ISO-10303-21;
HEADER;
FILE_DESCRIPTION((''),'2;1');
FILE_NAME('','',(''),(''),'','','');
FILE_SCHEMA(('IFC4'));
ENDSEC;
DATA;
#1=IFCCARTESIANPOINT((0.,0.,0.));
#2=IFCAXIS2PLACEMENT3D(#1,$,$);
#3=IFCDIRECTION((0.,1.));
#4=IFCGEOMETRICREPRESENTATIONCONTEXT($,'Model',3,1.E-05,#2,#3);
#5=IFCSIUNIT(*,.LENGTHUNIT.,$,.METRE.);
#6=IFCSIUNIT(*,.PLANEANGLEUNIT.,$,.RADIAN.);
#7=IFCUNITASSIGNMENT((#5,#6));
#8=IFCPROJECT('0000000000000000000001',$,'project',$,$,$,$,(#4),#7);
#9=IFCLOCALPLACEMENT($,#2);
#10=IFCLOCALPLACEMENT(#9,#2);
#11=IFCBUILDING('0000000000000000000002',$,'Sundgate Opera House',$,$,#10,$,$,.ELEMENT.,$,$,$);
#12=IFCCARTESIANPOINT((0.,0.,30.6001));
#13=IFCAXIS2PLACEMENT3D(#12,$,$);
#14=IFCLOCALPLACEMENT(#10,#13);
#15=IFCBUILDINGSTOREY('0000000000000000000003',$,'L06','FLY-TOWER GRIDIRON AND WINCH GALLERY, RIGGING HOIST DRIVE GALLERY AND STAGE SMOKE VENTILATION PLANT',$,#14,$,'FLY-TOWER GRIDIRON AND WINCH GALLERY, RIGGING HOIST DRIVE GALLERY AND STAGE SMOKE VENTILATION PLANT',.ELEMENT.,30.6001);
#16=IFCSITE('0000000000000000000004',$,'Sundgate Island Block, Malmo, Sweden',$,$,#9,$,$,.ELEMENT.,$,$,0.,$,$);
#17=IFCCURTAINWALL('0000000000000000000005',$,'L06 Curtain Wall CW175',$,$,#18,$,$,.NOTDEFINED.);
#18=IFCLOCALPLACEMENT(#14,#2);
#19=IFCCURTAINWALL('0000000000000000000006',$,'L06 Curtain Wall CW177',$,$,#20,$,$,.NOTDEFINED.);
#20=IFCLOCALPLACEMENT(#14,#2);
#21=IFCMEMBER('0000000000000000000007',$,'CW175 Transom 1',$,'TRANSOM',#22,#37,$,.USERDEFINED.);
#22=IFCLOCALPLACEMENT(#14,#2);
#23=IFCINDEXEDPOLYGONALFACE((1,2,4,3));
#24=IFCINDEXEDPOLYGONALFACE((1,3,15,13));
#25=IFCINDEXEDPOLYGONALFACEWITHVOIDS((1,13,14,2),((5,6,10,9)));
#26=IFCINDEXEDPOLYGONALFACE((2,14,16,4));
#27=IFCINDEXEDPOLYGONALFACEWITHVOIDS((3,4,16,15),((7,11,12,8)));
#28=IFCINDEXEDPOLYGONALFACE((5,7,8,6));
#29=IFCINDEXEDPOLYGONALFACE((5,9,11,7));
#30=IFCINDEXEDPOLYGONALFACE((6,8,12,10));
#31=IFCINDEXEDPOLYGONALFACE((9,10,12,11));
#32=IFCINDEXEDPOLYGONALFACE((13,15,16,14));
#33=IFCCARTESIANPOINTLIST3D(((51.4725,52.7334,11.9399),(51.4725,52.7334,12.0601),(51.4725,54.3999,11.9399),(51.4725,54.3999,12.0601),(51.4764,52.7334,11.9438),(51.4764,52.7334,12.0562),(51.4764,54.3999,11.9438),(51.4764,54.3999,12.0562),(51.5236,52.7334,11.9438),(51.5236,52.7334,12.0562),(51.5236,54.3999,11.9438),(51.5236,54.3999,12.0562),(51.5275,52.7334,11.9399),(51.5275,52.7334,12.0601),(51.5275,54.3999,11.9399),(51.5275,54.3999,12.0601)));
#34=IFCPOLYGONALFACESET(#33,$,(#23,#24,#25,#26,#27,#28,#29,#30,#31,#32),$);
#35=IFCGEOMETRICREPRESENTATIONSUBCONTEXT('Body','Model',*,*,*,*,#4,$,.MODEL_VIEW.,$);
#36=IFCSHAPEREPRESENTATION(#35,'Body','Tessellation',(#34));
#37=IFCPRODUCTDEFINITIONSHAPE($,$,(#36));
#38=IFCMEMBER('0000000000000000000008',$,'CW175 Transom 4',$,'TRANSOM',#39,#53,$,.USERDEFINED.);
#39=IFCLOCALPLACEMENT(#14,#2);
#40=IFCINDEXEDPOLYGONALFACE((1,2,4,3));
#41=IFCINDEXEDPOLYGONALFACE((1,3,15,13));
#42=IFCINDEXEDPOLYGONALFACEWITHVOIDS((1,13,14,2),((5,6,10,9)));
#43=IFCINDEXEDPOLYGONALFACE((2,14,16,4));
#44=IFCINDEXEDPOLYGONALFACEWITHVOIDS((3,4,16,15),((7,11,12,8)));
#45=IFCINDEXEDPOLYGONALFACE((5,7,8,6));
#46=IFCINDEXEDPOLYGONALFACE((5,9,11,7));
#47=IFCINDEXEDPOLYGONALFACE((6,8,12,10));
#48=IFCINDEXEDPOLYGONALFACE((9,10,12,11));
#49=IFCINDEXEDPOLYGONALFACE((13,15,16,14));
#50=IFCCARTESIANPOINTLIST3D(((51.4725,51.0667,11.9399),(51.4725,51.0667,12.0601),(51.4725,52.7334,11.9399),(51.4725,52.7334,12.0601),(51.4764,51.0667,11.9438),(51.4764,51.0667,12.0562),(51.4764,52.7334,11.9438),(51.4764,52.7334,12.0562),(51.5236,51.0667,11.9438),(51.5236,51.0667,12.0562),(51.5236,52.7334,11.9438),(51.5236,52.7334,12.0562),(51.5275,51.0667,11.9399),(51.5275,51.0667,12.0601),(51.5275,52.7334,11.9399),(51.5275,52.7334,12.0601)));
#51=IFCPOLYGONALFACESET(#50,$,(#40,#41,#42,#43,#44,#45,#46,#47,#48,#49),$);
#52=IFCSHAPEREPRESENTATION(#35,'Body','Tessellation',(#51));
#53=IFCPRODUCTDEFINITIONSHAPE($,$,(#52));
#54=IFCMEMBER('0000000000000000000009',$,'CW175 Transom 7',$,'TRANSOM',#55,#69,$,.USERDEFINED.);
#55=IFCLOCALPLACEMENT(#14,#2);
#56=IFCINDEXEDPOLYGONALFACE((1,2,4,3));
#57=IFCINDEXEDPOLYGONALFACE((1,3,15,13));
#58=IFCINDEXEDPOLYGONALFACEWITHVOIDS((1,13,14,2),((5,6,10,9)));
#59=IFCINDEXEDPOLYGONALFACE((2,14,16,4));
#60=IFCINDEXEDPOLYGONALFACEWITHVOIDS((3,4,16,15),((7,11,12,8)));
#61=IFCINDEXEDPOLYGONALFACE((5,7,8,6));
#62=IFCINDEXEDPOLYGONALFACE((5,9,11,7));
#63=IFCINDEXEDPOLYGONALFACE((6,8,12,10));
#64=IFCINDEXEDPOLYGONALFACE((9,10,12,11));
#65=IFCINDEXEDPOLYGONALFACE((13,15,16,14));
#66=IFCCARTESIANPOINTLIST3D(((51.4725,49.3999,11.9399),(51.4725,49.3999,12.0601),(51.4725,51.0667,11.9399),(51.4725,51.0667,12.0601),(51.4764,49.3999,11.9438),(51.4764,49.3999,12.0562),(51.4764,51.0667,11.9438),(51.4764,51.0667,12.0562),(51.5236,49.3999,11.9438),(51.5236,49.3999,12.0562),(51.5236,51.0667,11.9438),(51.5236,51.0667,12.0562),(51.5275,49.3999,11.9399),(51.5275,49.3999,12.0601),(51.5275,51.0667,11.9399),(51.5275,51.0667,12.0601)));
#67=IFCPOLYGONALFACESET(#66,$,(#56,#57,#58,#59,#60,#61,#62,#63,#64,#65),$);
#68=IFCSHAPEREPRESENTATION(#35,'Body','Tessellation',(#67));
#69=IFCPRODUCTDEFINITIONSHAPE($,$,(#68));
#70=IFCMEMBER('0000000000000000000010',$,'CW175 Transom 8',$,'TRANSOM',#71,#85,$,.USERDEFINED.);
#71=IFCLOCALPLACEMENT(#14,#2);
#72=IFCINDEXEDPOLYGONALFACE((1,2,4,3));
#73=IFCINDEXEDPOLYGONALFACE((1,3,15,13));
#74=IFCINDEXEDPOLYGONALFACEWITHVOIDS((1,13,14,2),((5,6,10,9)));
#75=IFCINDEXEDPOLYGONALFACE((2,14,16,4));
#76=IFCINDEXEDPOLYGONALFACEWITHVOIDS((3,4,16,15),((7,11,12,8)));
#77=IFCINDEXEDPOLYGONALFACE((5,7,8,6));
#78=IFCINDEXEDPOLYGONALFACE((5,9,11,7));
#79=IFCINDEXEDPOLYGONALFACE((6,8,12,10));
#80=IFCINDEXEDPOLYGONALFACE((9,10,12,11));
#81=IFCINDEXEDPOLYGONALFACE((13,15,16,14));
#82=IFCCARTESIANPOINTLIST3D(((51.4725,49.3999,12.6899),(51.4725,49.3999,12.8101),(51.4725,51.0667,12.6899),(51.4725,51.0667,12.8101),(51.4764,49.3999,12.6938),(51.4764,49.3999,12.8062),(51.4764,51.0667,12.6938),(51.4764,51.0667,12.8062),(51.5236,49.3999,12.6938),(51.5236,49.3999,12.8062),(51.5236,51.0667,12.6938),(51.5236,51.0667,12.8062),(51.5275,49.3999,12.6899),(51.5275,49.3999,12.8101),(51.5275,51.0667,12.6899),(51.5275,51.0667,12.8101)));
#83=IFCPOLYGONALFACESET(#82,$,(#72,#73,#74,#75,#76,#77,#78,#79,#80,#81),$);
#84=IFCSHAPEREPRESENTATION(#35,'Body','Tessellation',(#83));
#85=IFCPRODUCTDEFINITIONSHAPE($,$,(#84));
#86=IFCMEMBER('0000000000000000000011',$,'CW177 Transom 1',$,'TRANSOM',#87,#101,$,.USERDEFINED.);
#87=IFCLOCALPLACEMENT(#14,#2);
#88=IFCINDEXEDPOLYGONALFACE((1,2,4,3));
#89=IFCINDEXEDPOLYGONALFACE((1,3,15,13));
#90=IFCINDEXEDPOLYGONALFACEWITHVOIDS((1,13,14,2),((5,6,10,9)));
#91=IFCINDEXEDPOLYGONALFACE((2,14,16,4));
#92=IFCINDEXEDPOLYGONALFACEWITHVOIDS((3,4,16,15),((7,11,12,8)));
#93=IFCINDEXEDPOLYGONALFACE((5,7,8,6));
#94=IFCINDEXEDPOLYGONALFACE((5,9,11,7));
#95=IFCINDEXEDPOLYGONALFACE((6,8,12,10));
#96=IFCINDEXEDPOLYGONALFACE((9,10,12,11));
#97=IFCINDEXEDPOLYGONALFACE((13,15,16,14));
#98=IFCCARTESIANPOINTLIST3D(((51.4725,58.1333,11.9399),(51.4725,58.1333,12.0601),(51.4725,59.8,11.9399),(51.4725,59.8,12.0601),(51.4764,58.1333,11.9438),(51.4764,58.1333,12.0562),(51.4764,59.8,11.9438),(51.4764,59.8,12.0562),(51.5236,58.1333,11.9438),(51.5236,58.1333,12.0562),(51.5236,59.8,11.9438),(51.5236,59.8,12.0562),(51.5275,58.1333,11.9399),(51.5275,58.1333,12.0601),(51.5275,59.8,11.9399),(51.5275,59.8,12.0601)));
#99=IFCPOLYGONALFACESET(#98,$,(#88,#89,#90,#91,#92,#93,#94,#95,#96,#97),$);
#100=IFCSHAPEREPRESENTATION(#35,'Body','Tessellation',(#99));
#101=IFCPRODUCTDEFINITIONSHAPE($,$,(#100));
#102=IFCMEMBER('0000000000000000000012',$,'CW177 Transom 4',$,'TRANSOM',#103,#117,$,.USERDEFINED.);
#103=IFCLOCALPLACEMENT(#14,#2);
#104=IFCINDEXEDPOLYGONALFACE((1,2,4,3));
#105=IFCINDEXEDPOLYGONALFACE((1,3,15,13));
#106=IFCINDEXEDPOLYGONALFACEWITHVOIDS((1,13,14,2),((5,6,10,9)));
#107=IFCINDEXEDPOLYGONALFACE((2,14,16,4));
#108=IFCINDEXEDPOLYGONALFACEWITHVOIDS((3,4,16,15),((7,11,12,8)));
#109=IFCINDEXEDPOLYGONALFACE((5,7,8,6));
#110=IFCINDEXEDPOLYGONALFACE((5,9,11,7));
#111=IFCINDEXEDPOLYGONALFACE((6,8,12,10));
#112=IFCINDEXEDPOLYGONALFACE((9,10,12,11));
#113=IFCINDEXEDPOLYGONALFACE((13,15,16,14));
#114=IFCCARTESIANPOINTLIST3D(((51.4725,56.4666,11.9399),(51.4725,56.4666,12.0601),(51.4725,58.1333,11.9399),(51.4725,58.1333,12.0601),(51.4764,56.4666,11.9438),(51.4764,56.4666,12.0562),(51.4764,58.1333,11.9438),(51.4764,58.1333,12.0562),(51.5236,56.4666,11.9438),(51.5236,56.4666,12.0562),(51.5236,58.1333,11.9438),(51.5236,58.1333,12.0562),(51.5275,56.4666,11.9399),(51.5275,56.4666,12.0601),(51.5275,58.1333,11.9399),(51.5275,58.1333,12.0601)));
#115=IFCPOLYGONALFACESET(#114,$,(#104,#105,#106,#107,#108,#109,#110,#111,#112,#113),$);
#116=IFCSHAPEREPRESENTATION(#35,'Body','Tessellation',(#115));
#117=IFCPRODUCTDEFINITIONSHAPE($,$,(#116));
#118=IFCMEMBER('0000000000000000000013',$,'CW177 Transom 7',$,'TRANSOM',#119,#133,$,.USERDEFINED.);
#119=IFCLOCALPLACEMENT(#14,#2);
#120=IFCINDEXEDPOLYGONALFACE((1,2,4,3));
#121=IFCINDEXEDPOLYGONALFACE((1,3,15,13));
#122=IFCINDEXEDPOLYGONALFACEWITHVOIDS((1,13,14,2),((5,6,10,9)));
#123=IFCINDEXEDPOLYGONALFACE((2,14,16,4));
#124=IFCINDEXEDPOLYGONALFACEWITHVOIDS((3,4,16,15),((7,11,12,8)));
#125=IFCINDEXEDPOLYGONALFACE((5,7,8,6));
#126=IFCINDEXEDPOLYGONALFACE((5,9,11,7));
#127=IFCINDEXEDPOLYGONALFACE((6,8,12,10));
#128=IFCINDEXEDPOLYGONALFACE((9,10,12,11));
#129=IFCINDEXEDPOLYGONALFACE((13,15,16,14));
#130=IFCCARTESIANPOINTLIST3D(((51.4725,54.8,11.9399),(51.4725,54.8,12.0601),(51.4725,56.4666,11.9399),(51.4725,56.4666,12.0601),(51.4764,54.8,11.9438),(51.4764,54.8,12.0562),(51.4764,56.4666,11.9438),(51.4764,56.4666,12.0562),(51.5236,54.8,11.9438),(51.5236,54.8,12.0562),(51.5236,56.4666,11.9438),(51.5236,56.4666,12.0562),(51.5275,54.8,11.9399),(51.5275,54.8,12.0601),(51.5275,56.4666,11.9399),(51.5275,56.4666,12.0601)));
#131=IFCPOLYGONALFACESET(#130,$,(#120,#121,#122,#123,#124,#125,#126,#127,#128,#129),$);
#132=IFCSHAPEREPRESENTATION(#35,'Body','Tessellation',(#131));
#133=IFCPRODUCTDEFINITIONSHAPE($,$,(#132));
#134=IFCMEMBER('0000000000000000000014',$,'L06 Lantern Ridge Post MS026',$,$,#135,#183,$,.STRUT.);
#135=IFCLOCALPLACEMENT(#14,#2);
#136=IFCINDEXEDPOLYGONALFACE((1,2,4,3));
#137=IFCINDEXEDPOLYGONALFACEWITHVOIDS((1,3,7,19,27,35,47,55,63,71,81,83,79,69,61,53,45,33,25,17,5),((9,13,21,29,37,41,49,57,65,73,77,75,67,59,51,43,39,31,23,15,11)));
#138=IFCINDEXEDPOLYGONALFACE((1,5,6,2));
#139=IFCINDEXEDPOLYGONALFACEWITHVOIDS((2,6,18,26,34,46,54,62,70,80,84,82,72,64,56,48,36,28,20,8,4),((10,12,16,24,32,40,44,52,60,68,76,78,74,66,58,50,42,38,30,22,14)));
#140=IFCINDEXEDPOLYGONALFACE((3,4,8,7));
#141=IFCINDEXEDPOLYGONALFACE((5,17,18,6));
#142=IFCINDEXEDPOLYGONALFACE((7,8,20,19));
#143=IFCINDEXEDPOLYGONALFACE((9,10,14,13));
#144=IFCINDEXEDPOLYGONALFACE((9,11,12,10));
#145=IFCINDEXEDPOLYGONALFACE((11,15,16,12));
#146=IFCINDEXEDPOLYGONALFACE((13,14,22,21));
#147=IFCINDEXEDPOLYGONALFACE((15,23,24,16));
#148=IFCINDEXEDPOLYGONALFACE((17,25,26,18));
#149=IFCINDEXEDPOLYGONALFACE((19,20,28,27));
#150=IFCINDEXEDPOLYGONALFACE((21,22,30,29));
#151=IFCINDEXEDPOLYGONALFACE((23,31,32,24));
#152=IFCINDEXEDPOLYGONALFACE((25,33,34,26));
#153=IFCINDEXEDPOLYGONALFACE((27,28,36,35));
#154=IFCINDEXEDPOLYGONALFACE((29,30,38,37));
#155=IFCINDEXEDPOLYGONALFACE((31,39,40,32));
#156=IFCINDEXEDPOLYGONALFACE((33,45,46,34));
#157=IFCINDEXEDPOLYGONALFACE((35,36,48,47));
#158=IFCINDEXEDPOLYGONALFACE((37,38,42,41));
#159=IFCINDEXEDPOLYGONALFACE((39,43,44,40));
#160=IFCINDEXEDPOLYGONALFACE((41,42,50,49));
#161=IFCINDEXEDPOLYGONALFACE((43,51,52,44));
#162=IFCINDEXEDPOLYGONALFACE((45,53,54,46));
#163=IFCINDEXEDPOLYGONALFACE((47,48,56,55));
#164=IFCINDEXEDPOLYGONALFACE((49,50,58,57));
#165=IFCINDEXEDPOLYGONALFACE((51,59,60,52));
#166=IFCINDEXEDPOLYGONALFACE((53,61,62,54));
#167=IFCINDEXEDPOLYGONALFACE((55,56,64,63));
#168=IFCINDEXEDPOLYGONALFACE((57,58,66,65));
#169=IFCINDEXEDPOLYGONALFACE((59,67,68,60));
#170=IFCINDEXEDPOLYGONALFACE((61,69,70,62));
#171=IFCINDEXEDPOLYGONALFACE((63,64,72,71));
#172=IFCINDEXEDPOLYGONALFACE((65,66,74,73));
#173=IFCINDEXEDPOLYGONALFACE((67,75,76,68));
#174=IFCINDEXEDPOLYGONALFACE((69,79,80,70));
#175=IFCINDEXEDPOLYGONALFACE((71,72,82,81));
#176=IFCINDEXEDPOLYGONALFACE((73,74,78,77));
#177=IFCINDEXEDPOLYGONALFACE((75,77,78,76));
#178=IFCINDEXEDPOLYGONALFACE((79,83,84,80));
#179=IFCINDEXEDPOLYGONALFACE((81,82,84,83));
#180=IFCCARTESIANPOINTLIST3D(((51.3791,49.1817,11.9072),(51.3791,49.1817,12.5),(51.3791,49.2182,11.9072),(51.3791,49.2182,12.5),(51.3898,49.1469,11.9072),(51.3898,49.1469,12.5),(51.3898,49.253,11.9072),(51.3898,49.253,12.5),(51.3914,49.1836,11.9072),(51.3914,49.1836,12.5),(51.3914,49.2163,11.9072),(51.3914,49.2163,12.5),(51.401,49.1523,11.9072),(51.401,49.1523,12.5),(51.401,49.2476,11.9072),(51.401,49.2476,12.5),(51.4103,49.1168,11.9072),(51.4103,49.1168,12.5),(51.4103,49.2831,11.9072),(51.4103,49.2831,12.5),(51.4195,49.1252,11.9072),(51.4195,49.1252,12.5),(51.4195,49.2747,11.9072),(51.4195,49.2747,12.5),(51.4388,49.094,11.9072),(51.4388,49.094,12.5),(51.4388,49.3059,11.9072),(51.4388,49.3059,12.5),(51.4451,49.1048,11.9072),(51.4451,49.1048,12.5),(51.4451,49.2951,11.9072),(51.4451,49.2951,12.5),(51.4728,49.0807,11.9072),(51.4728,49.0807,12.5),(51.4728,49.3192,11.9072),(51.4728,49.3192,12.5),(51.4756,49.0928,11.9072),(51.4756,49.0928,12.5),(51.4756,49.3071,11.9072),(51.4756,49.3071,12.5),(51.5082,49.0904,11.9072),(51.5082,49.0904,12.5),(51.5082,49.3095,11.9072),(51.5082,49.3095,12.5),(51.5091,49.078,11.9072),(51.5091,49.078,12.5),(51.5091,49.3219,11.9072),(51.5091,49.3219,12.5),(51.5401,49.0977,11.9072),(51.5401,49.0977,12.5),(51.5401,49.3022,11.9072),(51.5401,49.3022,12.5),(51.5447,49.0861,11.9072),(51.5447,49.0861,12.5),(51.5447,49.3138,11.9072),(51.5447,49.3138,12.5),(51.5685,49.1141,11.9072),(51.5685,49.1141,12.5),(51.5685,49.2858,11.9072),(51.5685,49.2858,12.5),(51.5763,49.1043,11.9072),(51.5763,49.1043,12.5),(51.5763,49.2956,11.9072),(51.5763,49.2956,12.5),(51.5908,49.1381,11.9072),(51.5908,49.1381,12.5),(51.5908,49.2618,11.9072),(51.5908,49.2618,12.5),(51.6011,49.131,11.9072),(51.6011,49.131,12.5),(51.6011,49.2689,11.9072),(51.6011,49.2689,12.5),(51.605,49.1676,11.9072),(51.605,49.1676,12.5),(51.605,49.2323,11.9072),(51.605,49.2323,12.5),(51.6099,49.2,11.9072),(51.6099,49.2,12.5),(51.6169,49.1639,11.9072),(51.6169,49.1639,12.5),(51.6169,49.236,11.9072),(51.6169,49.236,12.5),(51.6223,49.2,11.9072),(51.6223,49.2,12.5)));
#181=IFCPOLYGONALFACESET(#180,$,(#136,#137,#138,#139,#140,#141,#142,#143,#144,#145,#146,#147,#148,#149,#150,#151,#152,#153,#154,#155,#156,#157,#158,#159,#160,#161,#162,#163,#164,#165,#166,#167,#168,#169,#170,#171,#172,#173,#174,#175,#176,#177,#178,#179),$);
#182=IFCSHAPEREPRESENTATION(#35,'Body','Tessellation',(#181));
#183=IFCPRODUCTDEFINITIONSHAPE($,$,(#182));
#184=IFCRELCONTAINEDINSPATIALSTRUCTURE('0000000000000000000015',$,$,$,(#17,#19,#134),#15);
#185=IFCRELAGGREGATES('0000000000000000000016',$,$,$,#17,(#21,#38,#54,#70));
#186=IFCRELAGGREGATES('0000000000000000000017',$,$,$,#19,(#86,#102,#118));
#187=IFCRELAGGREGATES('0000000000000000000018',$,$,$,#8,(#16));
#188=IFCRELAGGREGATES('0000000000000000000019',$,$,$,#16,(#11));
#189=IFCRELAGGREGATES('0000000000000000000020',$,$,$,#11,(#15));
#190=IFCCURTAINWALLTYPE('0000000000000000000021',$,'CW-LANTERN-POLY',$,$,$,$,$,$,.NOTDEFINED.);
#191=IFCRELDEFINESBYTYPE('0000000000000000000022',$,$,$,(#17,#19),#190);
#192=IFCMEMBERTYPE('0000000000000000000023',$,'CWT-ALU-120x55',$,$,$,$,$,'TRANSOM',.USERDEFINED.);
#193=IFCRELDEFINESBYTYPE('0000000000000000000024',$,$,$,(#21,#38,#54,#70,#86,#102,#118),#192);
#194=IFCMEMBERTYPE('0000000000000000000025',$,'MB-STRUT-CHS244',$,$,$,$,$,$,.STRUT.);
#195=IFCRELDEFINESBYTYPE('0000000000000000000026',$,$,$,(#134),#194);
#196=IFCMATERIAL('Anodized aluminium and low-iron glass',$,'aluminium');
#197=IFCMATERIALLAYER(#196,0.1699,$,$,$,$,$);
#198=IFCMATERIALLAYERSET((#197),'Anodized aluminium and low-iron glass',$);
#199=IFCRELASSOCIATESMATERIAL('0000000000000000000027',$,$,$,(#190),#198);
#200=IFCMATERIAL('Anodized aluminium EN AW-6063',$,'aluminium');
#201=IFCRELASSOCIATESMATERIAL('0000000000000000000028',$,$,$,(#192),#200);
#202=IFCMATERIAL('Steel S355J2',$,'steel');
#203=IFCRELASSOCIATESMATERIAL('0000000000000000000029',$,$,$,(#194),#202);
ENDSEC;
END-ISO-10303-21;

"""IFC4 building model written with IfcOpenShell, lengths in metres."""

from ifc_helpers import new_model, si_unit, direction, frame, origin, origin_2d, place, context, subcontext, project, spatial, hollow_rectangle, hollow_circle, extrude, material, layer, layer_set, material_profile, profile_set, type_object, element, aggregate, save


model = new_model("IFC4")

# Units and contexts
model_context = context("Model", 3, precision=1e-05, world=origin(), true_north=direction((0.0, 1.0)))
body_context = subcontext(model_context, "Body", "Model", "MODEL_VIEW")
ifc_project = project(units=[si_unit("LENGTHUNIT", "METRE"), si_unit("PLANEANGLEUNIT", "RADIAN")], contexts=[model_context])

# Site, building, storey
site_placement = place(None, origin())
site = spatial("IfcSite", under=ifc_project, at=site_placement, Name="Sundgate Island Block, Malmo, Sweden", CompositionType="ELEMENT", RefElevation=0.0)
building_placement = place(site_placement, origin())
building = spatial("IfcBuilding", under=site, at=building_placement, Name="Sundgate Opera House", CompositionType="ELEMENT")
storey_placement = place(building_placement, frame((0.0, 0.0, 30.6001)))
storey = spatial("IfcBuildingStorey", under=building, at=storey_placement, Name="L06", Description="FLY-TOWER GRIDIRON AND WINCH GALLERY, RIGGING HOIST DRIVE GALLERY AND STAGE SMOKE VENTILATION PLANT", LongName="FLY-TOWER GRIDIRON AND WINCH GALLERY, RIGGING HOIST DRIVE GALLERY AND STAGE SMOKE VENTILATION PLANT", CompositionType="ELEMENT", Elevation=30.6001)

# Curtain walls
ifc_material_1 = material(Name="Anodized aluminium and low-iron glass", Category="aluminium")
ifc_layer_1 = layer(ifc_material_1, 0.1699)
ifc_layer_set_1 = layer_set([ifc_layer_1], Name="Anodized aluminium and low-iron glass")
curtain_wall_type = type_object("IfcCurtainWallType", Name="CW-LANTERN-POLY", PredefinedType="NOTDEFINED", material=ifc_layer_set_1)
curtain_wall_1_placement = place(storey_placement, origin())
curtain_wall_1 = element("IfcCurtainWall", 1, at=curtain_wall_1_placement, inside=storey, type_object=curtain_wall_type, Name="L06 Curtain Wall CW175", PredefinedType="NOTDEFINED")
curtain_wall_2_placement = place(storey_placement, origin())
curtain_wall_2 = element("IfcCurtainWall", 2, at=curtain_wall_2_placement, inside=storey, type_object=curtain_wall_type, Name="L06 Curtain Wall CW177", PredefinedType="NOTDEFINED")

# Members
ifc_material_2 = material(Name="Anodized aluminium EN AW-6063", Category="aluminium")
ifc_material_profile_1 = material_profile(ifc_material_2, hollow_rectangle(XDim=0.0549, YDim=0.1201, WallThickness=0.0039, at=origin_2d()), Name="CWT 120x55x4")
ifc_profile_set_1 = profile_set([ifc_material_profile_1], Name="Anodized aluminium EN AW-6063")
member_type_1 = type_object("IfcMemberType", Name="CWT-ALU-120x55", ElementType="TRANSOM", PredefinedType="USERDEFINED", material=ifc_profile_set_1)
member_1_placement = place(storey_placement, frame((51.5, 54.3999, 12.0), z_axis=(0.0, -1.0, 0.0), x_axis=(1.0, 0.0, 0.0)))
member_1 = element("IfcMember", 3, at=member_1_placement, type_object=member_type_1, Name="CW175 Transom 1", ObjectType="TRANSOM", PredefinedType="USERDEFINED", context=body_context, shape_type="SweptSolid", body=[
    extrude(hollow_rectangle(XDim=0.0549, YDim=0.1201, WallThickness=0.0039, at=origin_2d()), origin(), (0.0, 0.0, 1.0), 1.6665),
])
member_2_placement = place(storey_placement, frame((51.5, 52.7334, 12.0), z_axis=(0.0, -1.0, 0.0), x_axis=(1.0, 0.0, 0.0)))
member_2 = element("IfcMember", 4, at=member_2_placement, type_object=member_type_1, Name="CW175 Transom 4", ObjectType="TRANSOM", PredefinedType="USERDEFINED", context=body_context, shape_type="SweptSolid", body=[
    extrude(hollow_rectangle(XDim=0.0549, YDim=0.1201, WallThickness=0.0039, at=origin_2d()), origin(), (0.0, 0.0, 1.0), 1.6667),
])
member_3_placement = place(storey_placement, frame((51.5, 51.0667, 12.0), z_axis=(0.0, -1.0, 0.0), x_axis=(1.0, 0.0, 0.0)))
member_3 = element("IfcMember", 5, at=member_3_placement, type_object=member_type_1, Name="CW175 Transom 7", ObjectType="TRANSOM", PredefinedType="USERDEFINED", context=body_context, shape_type="SweptSolid", body=[
    extrude(hollow_rectangle(XDim=0.0549, YDim=0.1201, WallThickness=0.0039, at=origin_2d()), origin(), (0.0, 0.0, 1.0), 1.6667),
])
member_4_placement = place(storey_placement, frame((51.5, 51.0667, 12.75), z_axis=(0.0, -1.0, 0.0), x_axis=(1.0, 0.0, 0.0)))
member_4 = element("IfcMember", 6, at=member_4_placement, type_object=member_type_1, Name="CW175 Transom 8", ObjectType="TRANSOM", PredefinedType="USERDEFINED", context=body_context, shape_type="SweptSolid", body=[
    extrude(hollow_rectangle(XDim=0.0549, YDim=0.1201, WallThickness=0.0039, at=origin_2d()), origin(), (0.0, 0.0, 1.0), 1.6667),
])
member_5_placement = place(storey_placement, frame((51.5, 59.8, 12.0), z_axis=(0.0, -1.0, 0.0), x_axis=(1.0, 0.0, 0.0)))
member_5 = element("IfcMember", 7, at=member_5_placement, type_object=member_type_1, Name="CW177 Transom 1", ObjectType="TRANSOM", PredefinedType="USERDEFINED", context=body_context, shape_type="SweptSolid", body=[
    extrude(hollow_rectangle(XDim=0.0549, YDim=0.1201, WallThickness=0.0039, at=origin_2d()), origin(), (0.0, 0.0, 1.0), 1.6667),
])
member_6_placement = place(storey_placement, frame((51.5, 58.1333, 12.0), z_axis=(0.0, -1.0, 0.0), x_axis=(1.0, 0.0, 0.0)))
member_6 = element("IfcMember", 8, at=member_6_placement, type_object=member_type_1, Name="CW177 Transom 4", ObjectType="TRANSOM", PredefinedType="USERDEFINED", context=body_context, shape_type="SweptSolid", body=[
    extrude(hollow_rectangle(XDim=0.0549, YDim=0.1201, WallThickness=0.0039, at=origin_2d()), origin(), (0.0, 0.0, 1.0), 1.6667),
])
member_7_placement = place(storey_placement, frame((51.5, 56.4666, 12.0), z_axis=(0.0, -1.0, 0.0), x_axis=(1.0, 0.0, 0.0)))
member_7 = element("IfcMember", 9, at=member_7_placement, type_object=member_type_1, Name="CW177 Transom 7", ObjectType="TRANSOM", PredefinedType="USERDEFINED", context=body_context, shape_type="SweptSolid", body=[
    extrude(hollow_rectangle(XDim=0.0549, YDim=0.1201, WallThickness=0.0039, at=origin_2d()), origin(), (0.0, 0.0, 1.0), 1.6665),
])

# Member
ifc_material_3 = material(Name="Steel S355J2", Category="steel")
ifc_material_profile_2 = material_profile(ifc_material_3, hollow_circle(Radius=0.1223, WallThickness=0.0125, at=origin_2d()), Name="CHS 244.5x12.5")
ifc_profile_set_2 = profile_set([ifc_material_profile_2], Name="Steel S355J2")
member_type_2 = type_object("IfcMemberType", Name="MB-STRUT-CHS244", PredefinedType="STRUT", material=ifc_profile_set_2)
for number, where, z_axis, x_axis, name in (
    (10, (51.5, 49.2, 11.9072), (0.0, 0.0, 1.0), (1.0, 0.0, 0.0), "L06 Lantern Ridge Post MS026"),
):
    element("IfcMember", number, at=place(storey_placement, frame(where, z_axis=z_axis, x_axis=x_axis)), inside=storey, type_object=member_type_2, Name=name, PredefinedType="STRUT", context=body_context, shape_type="SweptSolid", body=[
        extrude(hollow_circle(Radius=0.1223, WallThickness=0.0125, at=origin_2d()), origin(), (0.0, 0.0, 1.0), 0.5928),
    ])

aggregate(curtain_wall_1, [member_1, member_2, member_3, member_4])
aggregate(curtain_wall_2, [member_5, member_6, member_7])

save(model, "model.ifc")
